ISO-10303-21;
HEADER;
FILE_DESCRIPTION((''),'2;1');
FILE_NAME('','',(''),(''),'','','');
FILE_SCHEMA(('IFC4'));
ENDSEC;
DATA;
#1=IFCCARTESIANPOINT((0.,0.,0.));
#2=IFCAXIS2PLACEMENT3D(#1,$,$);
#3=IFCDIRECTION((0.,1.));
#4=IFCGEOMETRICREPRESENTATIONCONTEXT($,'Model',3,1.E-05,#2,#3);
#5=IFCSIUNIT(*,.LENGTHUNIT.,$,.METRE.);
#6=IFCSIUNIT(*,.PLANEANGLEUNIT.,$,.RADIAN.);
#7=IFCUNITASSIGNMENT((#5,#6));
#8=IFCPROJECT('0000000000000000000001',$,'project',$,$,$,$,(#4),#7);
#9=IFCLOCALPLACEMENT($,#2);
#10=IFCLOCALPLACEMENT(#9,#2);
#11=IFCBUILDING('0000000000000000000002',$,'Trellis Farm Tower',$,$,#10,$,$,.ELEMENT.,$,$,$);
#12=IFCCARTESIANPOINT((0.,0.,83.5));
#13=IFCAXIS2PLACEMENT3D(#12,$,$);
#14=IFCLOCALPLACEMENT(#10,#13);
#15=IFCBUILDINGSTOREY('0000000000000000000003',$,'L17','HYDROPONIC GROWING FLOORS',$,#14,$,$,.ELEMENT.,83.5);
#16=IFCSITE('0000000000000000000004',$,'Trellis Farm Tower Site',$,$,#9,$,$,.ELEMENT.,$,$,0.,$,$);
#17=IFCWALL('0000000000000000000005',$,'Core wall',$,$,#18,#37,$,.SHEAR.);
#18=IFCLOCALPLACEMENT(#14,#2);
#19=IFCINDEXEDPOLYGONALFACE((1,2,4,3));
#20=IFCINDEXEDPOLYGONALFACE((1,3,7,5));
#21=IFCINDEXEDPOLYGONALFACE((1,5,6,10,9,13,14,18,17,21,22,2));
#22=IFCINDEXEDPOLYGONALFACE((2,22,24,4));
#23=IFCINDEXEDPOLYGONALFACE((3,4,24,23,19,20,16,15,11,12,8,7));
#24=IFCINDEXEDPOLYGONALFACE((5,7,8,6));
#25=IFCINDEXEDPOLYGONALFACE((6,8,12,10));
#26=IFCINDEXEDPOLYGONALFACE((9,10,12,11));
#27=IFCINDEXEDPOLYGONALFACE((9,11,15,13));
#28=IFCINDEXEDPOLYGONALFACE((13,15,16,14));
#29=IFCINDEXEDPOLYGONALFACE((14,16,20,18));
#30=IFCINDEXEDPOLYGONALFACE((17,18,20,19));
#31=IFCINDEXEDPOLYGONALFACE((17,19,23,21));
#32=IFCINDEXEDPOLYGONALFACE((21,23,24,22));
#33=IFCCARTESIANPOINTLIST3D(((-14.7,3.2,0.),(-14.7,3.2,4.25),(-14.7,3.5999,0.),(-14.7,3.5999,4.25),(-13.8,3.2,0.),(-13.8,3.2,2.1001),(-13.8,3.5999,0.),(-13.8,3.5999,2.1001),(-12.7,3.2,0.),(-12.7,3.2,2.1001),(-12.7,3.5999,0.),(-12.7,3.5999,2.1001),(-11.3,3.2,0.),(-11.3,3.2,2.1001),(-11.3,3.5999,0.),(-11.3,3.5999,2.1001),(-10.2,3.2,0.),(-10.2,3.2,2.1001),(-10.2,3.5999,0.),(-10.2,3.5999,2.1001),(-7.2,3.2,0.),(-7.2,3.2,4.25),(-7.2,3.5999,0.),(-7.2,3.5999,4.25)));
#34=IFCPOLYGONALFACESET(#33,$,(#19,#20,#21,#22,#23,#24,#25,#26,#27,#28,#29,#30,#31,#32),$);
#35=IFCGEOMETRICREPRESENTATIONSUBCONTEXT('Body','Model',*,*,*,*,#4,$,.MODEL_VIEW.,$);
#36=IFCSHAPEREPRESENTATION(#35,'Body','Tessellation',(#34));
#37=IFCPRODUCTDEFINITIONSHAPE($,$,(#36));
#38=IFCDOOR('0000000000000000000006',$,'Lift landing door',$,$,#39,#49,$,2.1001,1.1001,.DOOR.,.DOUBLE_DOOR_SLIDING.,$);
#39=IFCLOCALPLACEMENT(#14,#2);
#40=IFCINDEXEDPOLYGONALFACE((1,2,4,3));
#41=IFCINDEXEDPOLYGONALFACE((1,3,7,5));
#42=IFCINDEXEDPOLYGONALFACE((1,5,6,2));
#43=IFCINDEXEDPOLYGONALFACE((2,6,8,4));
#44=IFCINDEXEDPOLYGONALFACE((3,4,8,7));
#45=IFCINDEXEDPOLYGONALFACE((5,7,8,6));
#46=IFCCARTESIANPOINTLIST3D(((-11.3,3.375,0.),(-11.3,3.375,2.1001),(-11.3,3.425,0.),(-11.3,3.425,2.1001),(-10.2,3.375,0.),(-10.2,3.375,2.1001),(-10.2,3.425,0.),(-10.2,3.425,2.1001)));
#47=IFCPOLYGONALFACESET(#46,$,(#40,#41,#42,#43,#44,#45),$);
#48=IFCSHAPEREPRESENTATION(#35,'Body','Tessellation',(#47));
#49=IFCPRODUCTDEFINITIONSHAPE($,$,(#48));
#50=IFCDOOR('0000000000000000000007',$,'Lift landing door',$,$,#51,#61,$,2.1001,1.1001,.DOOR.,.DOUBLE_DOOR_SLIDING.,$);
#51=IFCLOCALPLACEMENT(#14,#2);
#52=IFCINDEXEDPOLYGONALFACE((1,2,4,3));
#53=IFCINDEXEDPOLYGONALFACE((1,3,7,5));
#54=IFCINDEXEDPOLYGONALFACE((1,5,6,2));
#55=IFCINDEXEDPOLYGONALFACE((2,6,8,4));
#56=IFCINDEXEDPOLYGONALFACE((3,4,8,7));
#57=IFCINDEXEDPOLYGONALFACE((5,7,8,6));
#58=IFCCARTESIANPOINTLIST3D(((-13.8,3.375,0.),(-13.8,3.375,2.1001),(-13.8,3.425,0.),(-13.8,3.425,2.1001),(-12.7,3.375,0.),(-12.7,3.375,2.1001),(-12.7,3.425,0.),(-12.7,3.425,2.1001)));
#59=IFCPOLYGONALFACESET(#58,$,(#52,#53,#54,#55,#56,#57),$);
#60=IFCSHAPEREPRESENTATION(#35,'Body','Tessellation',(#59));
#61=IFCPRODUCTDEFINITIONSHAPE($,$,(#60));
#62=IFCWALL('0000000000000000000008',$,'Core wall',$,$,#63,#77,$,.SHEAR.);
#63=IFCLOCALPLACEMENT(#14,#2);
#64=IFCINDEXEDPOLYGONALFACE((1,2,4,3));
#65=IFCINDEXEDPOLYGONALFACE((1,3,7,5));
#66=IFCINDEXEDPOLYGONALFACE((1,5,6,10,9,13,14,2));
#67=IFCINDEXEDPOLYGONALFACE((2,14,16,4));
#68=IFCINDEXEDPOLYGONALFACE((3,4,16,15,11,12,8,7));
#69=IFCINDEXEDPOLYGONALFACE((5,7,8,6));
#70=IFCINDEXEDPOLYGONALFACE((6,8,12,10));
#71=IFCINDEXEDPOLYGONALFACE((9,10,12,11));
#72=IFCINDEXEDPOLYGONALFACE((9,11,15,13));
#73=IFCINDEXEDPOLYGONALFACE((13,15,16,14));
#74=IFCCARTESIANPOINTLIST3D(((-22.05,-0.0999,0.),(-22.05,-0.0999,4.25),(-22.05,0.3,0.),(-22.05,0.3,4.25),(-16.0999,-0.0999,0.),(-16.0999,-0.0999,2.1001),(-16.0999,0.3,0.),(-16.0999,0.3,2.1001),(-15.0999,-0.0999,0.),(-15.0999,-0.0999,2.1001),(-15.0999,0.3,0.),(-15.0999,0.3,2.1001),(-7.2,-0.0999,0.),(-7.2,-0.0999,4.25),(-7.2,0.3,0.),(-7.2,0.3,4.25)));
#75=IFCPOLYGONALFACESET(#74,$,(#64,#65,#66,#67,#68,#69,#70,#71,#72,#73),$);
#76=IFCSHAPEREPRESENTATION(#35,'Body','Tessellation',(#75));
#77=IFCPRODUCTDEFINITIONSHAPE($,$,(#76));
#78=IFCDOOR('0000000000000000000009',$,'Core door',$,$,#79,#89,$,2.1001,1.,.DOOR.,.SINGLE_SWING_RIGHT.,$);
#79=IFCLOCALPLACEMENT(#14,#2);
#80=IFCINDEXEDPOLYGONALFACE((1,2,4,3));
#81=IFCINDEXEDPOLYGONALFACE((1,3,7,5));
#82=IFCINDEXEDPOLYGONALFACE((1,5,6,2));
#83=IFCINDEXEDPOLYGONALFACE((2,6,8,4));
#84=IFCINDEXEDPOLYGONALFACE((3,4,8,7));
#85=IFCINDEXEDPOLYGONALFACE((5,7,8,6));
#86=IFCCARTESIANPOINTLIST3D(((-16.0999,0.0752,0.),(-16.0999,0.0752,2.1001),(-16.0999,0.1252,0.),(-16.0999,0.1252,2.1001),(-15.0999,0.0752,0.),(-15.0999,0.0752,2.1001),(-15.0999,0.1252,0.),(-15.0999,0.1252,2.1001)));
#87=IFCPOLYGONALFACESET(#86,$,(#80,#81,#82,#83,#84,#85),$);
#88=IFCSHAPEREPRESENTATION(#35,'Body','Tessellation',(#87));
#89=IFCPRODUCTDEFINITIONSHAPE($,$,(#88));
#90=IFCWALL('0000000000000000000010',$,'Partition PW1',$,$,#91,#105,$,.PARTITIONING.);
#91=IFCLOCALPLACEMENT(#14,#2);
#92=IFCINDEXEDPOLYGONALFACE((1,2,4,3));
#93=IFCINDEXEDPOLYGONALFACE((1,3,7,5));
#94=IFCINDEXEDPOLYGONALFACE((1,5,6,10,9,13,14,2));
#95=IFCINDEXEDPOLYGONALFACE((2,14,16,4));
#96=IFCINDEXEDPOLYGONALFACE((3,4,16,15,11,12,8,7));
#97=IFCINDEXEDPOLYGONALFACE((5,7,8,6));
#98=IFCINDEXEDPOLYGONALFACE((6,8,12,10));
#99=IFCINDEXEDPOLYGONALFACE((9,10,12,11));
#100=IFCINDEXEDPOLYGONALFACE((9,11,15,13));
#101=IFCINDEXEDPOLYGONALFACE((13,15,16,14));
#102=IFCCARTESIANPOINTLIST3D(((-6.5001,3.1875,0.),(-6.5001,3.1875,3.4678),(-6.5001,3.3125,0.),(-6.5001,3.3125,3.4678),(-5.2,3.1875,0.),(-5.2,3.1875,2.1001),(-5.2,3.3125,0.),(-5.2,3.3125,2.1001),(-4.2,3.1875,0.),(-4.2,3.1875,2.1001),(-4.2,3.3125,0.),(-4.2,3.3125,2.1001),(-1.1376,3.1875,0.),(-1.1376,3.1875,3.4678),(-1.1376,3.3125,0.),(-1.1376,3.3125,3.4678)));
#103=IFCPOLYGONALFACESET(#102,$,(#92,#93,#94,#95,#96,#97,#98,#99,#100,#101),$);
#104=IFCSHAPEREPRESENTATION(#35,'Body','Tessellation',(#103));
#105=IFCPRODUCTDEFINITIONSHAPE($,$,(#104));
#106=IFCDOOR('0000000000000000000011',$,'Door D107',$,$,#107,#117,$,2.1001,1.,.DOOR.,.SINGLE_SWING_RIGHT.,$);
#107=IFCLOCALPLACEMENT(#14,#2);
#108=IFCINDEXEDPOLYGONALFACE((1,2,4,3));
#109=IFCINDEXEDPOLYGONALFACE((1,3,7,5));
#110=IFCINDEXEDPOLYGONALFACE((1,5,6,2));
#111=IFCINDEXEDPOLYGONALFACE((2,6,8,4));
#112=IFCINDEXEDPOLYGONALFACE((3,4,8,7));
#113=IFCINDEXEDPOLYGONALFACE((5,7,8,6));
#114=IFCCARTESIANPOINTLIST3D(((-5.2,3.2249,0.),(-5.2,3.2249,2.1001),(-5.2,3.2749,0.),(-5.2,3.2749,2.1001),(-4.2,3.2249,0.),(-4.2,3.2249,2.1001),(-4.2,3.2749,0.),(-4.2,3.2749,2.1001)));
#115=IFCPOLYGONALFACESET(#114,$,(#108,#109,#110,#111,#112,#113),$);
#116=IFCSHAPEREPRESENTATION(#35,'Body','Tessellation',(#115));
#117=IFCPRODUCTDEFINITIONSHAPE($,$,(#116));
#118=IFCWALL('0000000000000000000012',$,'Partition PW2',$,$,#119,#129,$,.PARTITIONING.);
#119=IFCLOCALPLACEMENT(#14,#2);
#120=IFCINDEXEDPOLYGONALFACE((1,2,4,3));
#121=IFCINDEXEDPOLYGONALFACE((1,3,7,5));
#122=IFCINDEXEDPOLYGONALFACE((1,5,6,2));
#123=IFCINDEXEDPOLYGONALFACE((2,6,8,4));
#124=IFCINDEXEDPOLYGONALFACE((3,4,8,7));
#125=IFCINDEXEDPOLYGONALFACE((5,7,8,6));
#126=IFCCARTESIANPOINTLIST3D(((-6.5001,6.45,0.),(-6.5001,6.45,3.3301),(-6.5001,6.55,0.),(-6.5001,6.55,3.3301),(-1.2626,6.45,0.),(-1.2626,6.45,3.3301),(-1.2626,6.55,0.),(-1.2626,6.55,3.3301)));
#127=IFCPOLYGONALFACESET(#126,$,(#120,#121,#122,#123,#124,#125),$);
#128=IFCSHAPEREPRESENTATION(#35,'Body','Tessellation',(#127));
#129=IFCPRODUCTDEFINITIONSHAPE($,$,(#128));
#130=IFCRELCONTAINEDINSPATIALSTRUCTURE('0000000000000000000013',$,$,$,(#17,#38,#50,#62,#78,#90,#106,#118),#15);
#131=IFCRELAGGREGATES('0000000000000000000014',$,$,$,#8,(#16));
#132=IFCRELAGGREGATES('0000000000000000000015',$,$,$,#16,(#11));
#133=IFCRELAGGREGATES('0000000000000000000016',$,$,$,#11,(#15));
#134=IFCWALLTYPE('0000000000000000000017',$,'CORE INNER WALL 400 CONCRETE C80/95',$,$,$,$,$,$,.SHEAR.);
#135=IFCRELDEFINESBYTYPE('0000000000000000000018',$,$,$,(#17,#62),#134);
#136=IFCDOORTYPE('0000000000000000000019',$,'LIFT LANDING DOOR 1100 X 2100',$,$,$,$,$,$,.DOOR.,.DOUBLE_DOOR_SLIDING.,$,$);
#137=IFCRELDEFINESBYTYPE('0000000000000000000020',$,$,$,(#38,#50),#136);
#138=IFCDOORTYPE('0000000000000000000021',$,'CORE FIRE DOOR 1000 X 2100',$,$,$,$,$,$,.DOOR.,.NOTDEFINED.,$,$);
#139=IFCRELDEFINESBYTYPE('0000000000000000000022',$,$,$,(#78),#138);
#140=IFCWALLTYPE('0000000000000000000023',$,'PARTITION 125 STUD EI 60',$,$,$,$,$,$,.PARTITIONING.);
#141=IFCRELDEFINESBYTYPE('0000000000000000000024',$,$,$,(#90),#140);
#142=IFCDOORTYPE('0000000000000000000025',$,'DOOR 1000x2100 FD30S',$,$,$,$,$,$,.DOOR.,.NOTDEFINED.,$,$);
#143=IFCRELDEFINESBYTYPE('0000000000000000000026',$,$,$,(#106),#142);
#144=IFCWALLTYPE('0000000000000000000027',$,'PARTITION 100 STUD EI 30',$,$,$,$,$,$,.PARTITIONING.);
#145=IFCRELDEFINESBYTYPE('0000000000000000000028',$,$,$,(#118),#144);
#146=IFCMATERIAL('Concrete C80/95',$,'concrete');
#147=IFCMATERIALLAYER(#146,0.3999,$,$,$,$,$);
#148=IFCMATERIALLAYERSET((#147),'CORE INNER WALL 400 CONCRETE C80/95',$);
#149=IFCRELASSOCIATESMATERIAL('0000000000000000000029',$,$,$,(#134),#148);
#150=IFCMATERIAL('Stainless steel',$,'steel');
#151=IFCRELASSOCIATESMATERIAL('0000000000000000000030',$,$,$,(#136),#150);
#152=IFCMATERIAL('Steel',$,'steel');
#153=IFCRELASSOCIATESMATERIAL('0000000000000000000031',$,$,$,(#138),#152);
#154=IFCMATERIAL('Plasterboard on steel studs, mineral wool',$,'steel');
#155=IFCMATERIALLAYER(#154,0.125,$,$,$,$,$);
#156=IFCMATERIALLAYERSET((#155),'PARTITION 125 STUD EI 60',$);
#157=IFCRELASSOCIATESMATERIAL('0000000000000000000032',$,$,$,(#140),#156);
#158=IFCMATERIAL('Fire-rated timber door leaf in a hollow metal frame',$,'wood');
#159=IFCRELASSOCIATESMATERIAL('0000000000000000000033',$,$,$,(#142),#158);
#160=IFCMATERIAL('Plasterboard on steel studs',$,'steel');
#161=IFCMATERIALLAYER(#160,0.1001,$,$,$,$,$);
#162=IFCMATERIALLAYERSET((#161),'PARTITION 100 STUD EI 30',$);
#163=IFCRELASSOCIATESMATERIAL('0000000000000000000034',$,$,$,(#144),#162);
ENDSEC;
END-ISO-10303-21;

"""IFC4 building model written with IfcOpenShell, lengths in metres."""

from ifc_helpers import new_model, si_unit, direction, frame, frame_2d, origin, place, context, subcontext, project, spatial, rectangle, extrude, source, transform, mapped, material, layer, layer_set, type_object, element, fill, save


model = new_model("IFC4")

# Units and contexts
model_context = context("Model", 3, precision=1e-05, world=origin(), true_north=direction((0.0, 1.0)))
body_context = subcontext(model_context, "Body", "Model", "MODEL_VIEW")
ifc_project = project(units=[si_unit("LENGTHUNIT", "METRE"), si_unit("PLANEANGLEUNIT", "RADIAN")], contexts=[model_context])

# Site, building, storey
site_placement = place(None, origin())
site = spatial("IfcSite", under=ifc_project, at=site_placement, Name="Trellis Farm Tower Site", CompositionType="ELEMENT", RefElevation=0.0)
building_placement = place(site_placement, origin())
building = spatial("IfcBuilding", under=site, at=building_placement, Name="Trellis Farm Tower", CompositionType="ELEMENT")
storey_placement = place(building_placement, frame((0.0, 0.0, 83.5)))
storey = spatial("IfcBuildingStorey", under=building, at=storey_placement, Name="L17", Description="HYDROPONIC GROWING FLOORS", CompositionType="ELEMENT", Elevation=83.5)

# Shared definitions
ifc_material_1 = material(Name="Concrete C80/95", Category="concrete")

# Shared definitions
ifc_material_2 = material(Name="Steel", Category="steel")

# Shared definitions
ifc_layer_1 = layer(ifc_material_1, 0.3999)
ifc_layer_set_1 = layer_set([ifc_layer_1], Name="CORE INNER WALL 400 CONCRETE C80/95")
wall_type_1 = type_object("IfcWallType", Name="CORE INNER WALL 400 CONCRETE C80/95", PredefinedType="SHEAR", material=ifc_layer_set_1)

# Wall, openings, doors
shared_shape_1 = source(origin(), body_context, "Body", "SweptSolid", [
    extrude(rectangle(XDim=7.5, YDim=0.3999, at=frame_2d((3.75, 0.0))), origin(), (0.0, 0.0, 1.0), 4.25),
])
wall_1_placement = place(storey_placement, frame((-7.2, 3.3999, 0.0), z_axis=(0.0, 0.0, 1.0), x_axis=(-1.0, 0.0, 0.0)))
wall_1 = element("IfcWall", 1, at=wall_1_placement, inside=storey, type_object=wall_type_1, Name="Core wall", PredefinedType="SHEAR", context=body_context, shape_type="MappedRepresentation", body=[
    mapped(shared_shape_1, transform((0.0, 0.0, 0.0))),
])
shared_shape_2 = source(origin(), body_context, "Body", "SweptSolid", [
    extrude(rectangle(XDim=1.1001, YDim=2.1001, at=frame_2d((0.55, 1.05))), frame((0.0, 0.21, 0.0), z_axis=(0.0, -1.0, 0.0), x_axis=(1.0, 0.0, 0.0)), (0.0, 0.0, 1.0), 0.4199),
])
opening_1_placement = place(wall_1_placement, frame((3.0, 0.0, 0.0)))
opening_1 = element("IfcOpeningElement", 2, at=opening_1_placement, cuts=wall_1, PredefinedType="OPENING", context=body_context, shape_type="MappedRepresentation", body=[
    mapped(shared_shape_2, transform((0.0, 0.0, 0.0))),
])
opening_2_placement = place(wall_1_placement, frame((5.5, 0.0, 0.0)))
opening_2 = element("IfcOpeningElement", 3, at=opening_2_placement, cuts=wall_1, PredefinedType="OPENING", context=body_context, shape_type="MappedRepresentation", body=[
    mapped(shared_shape_2, transform((0.0, 0.0, 0.0))),
])
ifc_material_3 = material(Name="Stainless steel", Category="steel")
door_type_1 = type_object("IfcDoorType", Name="LIFT LANDING DOOR 1100 X 2100", OperationType="DOUBLE_DOOR_SLIDING", PredefinedType="DOOR", material=ifc_material_3)
shared_shape_3 = source(origin(), body_context, "Body", "SweptSolid", [
    extrude(rectangle(XDim=1.1001, YDim=2.1001, at=frame_2d((0.55, 1.05))), frame((0.0, 0.0249, 0.0), z_axis=(0.0, -1.0, 0.0), x_axis=(1.0, 0.0, 0.0)), (0.0, 0.0, 1.0), 0.05),
])
door_1_placement = place(opening_1_placement, origin())
door_1 = element("IfcDoor", 4, at=door_1_placement, inside=storey, type_object=door_type_1, Name="Lift landing door", OperationType="DOUBLE_DOOR_SLIDING", OverallHeight=2.1001, OverallWidth=1.1001, PredefinedType="DOOR", context=body_context, shape_type="MappedRepresentation", body=[
    mapped(shared_shape_3, transform((0.0, 0.0, 0.0))),
])
fill(opening_1, door_1)
door_2_placement = place(opening_2_placement, origin())
door_2 = element("IfcDoor", 5, at=door_2_placement, inside=storey, type_object=door_type_1, Name="Lift landing door", OperationType="DOUBLE_DOOR_SLIDING", OverallHeight=2.1001, OverallWidth=1.1001, PredefinedType="DOOR", context=body_context, shape_type="MappedRepresentation", body=[
    mapped(shared_shape_3, transform((0.0, 0.0, 0.0))),
])
fill(opening_2, door_2)

# Walls, openings, doors
shared_shape_4 = source(origin(), body_context, "Body", "SweptSolid", [
    extrude(rectangle(XDim=14.8501, YDim=0.3999, at=frame_2d((7.425, 0.0))), origin(), (0.0, 0.0, 1.0), 4.25),
])
wall_2_placement = place(storey_placement, frame((-7.2, 0.1001, 0.0), z_axis=(0.0, 0.0, 1.0), x_axis=(-1.0, 0.0, 0.0)))
wall_2 = element("IfcWall", 6, at=wall_2_placement, inside=storey, type_object=wall_type_1, Name="Core wall", PredefinedType="SHEAR", context=body_context, shape_type="MappedRepresentation", body=[
    mapped(shared_shape_4, transform((0.0, 0.0, 0.0))),
])
shared_shape_5 = source(origin(), body_context, "Body", "SweptSolid", [
    extrude(rectangle(XDim=1.0, YDim=2.1001, at=frame_2d((0.5, 1.05))), frame((0.0, 0.21, 0.0), z_axis=(0.0, -1.0, 0.0), x_axis=(1.0, 0.0, 0.0)), (0.0, 0.0, 1.0), 0.4199),
])
opening_3_placement = place(wall_2_placement, frame((7.8999, 0.0, 0.0)))
opening_3 = element("IfcOpeningElement", 7, at=opening_3_placement, cuts=wall_2, PredefinedType="OPENING", context=body_context, shape_type="MappedRepresentation", body=[
    mapped(shared_shape_5, transform((0.0, 0.0, 0.0))),
])
door_type_2 = type_object("IfcDoorType", Name="CORE FIRE DOOR 1000 X 2100", OperationType="NOTDEFINED", PredefinedType="DOOR", material=ifc_material_2)
shared_shape_6 = source(origin(), body_context, "Body", "SweptSolid", [
    extrude(rectangle(XDim=1.0, YDim=2.1001, at=frame_2d((0.5, 1.05))), frame((0.0, 0.0249, 0.0), z_axis=(0.0, -1.0, 0.0), x_axis=(1.0, 0.0, 0.0)), (0.0, 0.0, 1.0), 0.05),
])
door_3_placement = place(opening_3_placement, origin())
door_3 = element("IfcDoor", 8, at=door_3_placement, inside=storey, type_object=door_type_2, Name="Core door", OperationType="SINGLE_SWING_RIGHT", OverallHeight=2.1001, OverallWidth=1.0, PredefinedType="DOOR", context=body_context, shape_type="MappedRepresentation", body=[
    mapped(shared_shape_6, transform((0.0, 0.0, 0.0))),
])
fill(opening_3, door_3)
ifc_material_4 = material(Name="Plasterboard on steel studs, mineral wool", Category="steel")
ifc_layer_2 = layer(ifc_material_4, 0.125)
ifc_layer_set_2 = layer_set([ifc_layer_2], Name="PARTITION 125 STUD EI 60")
wall_type_2 = type_object("IfcWallType", Name="PARTITION 125 STUD EI 60", PredefinedType="PARTITIONING", material=ifc_layer_set_2)
shared_shape_7 = source(origin(), body_context, "Body", "SweptSolid", [
    extrude(rectangle(XDim=5.3625, YDim=0.125, at=frame_2d((2.6812, 0.0))), origin(), (0.0, 0.0, 1.0), 3.4678),
])
wall_3_placement = place(storey_placement, frame((-6.5, 3.25, 0.0), z_axis=(0.0, 0.0, 1.0), x_axis=(1.0, 0.0, 0.0)))
wall_3 = element("IfcWall", 9, at=wall_3_placement, inside=storey, type_object=wall_type_2, Name="Partition PW1", PredefinedType="PARTITIONING", context=body_context, shape_type="MappedRepresentation", body=[
    mapped(shared_shape_7, transform((0.0, 0.0, 0.0))),
])
shared_shape_8 = source(origin(), body_context, "Body", "SweptSolid", [
    extrude(rectangle(XDim=1.0, YDim=2.1001, at=frame_2d((0.5, 1.05))), frame((0.0, 0.0725, 0.0), z_axis=(0.0, -1.0, 0.0), x_axis=(1.0, 0.0, 0.0)), (0.0, 0.0, 1.0), 0.145),
])
opening_4_placement = place(wall_3_placement, frame((1.3, 0.0, 0.0)))
opening_4 = element("IfcOpeningElement", 10, at=opening_4_placement, cuts=wall_3, PredefinedType="OPENING", context=body_context, shape_type="MappedRepresentation", body=[
    mapped(shared_shape_8, transform((0.0, 0.0, 0.0))),
])
ifc_material_5 = material(Name="Fire-rated timber door leaf in a hollow metal frame", Category="wood")
door_type_3 = type_object("IfcDoorType", Name="DOOR 1000x2100 FD30S", OperationType="NOTDEFINED", PredefinedType="DOOR", material=ifc_material_5)
door_4_placement = place(opening_4_placement, origin())
door_4 = element("IfcDoor", 11, at=door_4_placement, inside=storey, type_object=door_type_3, Name="Door D107", OperationType="SINGLE_SWING_RIGHT", OverallHeight=2.1001, OverallWidth=1.0, PredefinedType="DOOR", context=body_context, shape_type="MappedRepresentation", body=[
    mapped(shared_shape_6, transform((0.0, 0.0, 0.0))),
])
fill(opening_4, door_4)

# Wall
ifc_material_6 = material(Name="Plasterboard on steel studs", Category="steel")
ifc_layer_3 = layer(ifc_material_6, 0.1001)
ifc_layer_set_3 = layer_set([ifc_layer_3], Name="PARTITION 100 STUD EI 30")
wall_type_3 = type_object("IfcWallType", Name="PARTITION 100 STUD EI 30", PredefinedType="PARTITIONING", material=ifc_layer_set_3)
shared_shape_9 = source(origin(), body_context, "Body", "SweptSolid", [
    extrude(rectangle(XDim=5.2375, YDim=0.1001, at=frame_2d((2.6187, 0.0))), origin(), (0.0, 0.0, 1.0), 3.3301),
])
wall_4_placement = place(storey_placement, frame((-6.5, 6.5, 0.0), z_axis=(0.0, 0.0, 1.0), x_axis=(1.0, 0.0, 0.0)))
element("IfcWall", 12, at=wall_4_placement, inside=storey, type_object=wall_type_3, Name="Partition PW2", PredefinedType="PARTITIONING", context=body_context, shape_type="MappedRepresentation", body=[
    mapped(shared_shape_9, transform((0.0, 0.0, 0.0))),
])

save(model, "model.ifc")
